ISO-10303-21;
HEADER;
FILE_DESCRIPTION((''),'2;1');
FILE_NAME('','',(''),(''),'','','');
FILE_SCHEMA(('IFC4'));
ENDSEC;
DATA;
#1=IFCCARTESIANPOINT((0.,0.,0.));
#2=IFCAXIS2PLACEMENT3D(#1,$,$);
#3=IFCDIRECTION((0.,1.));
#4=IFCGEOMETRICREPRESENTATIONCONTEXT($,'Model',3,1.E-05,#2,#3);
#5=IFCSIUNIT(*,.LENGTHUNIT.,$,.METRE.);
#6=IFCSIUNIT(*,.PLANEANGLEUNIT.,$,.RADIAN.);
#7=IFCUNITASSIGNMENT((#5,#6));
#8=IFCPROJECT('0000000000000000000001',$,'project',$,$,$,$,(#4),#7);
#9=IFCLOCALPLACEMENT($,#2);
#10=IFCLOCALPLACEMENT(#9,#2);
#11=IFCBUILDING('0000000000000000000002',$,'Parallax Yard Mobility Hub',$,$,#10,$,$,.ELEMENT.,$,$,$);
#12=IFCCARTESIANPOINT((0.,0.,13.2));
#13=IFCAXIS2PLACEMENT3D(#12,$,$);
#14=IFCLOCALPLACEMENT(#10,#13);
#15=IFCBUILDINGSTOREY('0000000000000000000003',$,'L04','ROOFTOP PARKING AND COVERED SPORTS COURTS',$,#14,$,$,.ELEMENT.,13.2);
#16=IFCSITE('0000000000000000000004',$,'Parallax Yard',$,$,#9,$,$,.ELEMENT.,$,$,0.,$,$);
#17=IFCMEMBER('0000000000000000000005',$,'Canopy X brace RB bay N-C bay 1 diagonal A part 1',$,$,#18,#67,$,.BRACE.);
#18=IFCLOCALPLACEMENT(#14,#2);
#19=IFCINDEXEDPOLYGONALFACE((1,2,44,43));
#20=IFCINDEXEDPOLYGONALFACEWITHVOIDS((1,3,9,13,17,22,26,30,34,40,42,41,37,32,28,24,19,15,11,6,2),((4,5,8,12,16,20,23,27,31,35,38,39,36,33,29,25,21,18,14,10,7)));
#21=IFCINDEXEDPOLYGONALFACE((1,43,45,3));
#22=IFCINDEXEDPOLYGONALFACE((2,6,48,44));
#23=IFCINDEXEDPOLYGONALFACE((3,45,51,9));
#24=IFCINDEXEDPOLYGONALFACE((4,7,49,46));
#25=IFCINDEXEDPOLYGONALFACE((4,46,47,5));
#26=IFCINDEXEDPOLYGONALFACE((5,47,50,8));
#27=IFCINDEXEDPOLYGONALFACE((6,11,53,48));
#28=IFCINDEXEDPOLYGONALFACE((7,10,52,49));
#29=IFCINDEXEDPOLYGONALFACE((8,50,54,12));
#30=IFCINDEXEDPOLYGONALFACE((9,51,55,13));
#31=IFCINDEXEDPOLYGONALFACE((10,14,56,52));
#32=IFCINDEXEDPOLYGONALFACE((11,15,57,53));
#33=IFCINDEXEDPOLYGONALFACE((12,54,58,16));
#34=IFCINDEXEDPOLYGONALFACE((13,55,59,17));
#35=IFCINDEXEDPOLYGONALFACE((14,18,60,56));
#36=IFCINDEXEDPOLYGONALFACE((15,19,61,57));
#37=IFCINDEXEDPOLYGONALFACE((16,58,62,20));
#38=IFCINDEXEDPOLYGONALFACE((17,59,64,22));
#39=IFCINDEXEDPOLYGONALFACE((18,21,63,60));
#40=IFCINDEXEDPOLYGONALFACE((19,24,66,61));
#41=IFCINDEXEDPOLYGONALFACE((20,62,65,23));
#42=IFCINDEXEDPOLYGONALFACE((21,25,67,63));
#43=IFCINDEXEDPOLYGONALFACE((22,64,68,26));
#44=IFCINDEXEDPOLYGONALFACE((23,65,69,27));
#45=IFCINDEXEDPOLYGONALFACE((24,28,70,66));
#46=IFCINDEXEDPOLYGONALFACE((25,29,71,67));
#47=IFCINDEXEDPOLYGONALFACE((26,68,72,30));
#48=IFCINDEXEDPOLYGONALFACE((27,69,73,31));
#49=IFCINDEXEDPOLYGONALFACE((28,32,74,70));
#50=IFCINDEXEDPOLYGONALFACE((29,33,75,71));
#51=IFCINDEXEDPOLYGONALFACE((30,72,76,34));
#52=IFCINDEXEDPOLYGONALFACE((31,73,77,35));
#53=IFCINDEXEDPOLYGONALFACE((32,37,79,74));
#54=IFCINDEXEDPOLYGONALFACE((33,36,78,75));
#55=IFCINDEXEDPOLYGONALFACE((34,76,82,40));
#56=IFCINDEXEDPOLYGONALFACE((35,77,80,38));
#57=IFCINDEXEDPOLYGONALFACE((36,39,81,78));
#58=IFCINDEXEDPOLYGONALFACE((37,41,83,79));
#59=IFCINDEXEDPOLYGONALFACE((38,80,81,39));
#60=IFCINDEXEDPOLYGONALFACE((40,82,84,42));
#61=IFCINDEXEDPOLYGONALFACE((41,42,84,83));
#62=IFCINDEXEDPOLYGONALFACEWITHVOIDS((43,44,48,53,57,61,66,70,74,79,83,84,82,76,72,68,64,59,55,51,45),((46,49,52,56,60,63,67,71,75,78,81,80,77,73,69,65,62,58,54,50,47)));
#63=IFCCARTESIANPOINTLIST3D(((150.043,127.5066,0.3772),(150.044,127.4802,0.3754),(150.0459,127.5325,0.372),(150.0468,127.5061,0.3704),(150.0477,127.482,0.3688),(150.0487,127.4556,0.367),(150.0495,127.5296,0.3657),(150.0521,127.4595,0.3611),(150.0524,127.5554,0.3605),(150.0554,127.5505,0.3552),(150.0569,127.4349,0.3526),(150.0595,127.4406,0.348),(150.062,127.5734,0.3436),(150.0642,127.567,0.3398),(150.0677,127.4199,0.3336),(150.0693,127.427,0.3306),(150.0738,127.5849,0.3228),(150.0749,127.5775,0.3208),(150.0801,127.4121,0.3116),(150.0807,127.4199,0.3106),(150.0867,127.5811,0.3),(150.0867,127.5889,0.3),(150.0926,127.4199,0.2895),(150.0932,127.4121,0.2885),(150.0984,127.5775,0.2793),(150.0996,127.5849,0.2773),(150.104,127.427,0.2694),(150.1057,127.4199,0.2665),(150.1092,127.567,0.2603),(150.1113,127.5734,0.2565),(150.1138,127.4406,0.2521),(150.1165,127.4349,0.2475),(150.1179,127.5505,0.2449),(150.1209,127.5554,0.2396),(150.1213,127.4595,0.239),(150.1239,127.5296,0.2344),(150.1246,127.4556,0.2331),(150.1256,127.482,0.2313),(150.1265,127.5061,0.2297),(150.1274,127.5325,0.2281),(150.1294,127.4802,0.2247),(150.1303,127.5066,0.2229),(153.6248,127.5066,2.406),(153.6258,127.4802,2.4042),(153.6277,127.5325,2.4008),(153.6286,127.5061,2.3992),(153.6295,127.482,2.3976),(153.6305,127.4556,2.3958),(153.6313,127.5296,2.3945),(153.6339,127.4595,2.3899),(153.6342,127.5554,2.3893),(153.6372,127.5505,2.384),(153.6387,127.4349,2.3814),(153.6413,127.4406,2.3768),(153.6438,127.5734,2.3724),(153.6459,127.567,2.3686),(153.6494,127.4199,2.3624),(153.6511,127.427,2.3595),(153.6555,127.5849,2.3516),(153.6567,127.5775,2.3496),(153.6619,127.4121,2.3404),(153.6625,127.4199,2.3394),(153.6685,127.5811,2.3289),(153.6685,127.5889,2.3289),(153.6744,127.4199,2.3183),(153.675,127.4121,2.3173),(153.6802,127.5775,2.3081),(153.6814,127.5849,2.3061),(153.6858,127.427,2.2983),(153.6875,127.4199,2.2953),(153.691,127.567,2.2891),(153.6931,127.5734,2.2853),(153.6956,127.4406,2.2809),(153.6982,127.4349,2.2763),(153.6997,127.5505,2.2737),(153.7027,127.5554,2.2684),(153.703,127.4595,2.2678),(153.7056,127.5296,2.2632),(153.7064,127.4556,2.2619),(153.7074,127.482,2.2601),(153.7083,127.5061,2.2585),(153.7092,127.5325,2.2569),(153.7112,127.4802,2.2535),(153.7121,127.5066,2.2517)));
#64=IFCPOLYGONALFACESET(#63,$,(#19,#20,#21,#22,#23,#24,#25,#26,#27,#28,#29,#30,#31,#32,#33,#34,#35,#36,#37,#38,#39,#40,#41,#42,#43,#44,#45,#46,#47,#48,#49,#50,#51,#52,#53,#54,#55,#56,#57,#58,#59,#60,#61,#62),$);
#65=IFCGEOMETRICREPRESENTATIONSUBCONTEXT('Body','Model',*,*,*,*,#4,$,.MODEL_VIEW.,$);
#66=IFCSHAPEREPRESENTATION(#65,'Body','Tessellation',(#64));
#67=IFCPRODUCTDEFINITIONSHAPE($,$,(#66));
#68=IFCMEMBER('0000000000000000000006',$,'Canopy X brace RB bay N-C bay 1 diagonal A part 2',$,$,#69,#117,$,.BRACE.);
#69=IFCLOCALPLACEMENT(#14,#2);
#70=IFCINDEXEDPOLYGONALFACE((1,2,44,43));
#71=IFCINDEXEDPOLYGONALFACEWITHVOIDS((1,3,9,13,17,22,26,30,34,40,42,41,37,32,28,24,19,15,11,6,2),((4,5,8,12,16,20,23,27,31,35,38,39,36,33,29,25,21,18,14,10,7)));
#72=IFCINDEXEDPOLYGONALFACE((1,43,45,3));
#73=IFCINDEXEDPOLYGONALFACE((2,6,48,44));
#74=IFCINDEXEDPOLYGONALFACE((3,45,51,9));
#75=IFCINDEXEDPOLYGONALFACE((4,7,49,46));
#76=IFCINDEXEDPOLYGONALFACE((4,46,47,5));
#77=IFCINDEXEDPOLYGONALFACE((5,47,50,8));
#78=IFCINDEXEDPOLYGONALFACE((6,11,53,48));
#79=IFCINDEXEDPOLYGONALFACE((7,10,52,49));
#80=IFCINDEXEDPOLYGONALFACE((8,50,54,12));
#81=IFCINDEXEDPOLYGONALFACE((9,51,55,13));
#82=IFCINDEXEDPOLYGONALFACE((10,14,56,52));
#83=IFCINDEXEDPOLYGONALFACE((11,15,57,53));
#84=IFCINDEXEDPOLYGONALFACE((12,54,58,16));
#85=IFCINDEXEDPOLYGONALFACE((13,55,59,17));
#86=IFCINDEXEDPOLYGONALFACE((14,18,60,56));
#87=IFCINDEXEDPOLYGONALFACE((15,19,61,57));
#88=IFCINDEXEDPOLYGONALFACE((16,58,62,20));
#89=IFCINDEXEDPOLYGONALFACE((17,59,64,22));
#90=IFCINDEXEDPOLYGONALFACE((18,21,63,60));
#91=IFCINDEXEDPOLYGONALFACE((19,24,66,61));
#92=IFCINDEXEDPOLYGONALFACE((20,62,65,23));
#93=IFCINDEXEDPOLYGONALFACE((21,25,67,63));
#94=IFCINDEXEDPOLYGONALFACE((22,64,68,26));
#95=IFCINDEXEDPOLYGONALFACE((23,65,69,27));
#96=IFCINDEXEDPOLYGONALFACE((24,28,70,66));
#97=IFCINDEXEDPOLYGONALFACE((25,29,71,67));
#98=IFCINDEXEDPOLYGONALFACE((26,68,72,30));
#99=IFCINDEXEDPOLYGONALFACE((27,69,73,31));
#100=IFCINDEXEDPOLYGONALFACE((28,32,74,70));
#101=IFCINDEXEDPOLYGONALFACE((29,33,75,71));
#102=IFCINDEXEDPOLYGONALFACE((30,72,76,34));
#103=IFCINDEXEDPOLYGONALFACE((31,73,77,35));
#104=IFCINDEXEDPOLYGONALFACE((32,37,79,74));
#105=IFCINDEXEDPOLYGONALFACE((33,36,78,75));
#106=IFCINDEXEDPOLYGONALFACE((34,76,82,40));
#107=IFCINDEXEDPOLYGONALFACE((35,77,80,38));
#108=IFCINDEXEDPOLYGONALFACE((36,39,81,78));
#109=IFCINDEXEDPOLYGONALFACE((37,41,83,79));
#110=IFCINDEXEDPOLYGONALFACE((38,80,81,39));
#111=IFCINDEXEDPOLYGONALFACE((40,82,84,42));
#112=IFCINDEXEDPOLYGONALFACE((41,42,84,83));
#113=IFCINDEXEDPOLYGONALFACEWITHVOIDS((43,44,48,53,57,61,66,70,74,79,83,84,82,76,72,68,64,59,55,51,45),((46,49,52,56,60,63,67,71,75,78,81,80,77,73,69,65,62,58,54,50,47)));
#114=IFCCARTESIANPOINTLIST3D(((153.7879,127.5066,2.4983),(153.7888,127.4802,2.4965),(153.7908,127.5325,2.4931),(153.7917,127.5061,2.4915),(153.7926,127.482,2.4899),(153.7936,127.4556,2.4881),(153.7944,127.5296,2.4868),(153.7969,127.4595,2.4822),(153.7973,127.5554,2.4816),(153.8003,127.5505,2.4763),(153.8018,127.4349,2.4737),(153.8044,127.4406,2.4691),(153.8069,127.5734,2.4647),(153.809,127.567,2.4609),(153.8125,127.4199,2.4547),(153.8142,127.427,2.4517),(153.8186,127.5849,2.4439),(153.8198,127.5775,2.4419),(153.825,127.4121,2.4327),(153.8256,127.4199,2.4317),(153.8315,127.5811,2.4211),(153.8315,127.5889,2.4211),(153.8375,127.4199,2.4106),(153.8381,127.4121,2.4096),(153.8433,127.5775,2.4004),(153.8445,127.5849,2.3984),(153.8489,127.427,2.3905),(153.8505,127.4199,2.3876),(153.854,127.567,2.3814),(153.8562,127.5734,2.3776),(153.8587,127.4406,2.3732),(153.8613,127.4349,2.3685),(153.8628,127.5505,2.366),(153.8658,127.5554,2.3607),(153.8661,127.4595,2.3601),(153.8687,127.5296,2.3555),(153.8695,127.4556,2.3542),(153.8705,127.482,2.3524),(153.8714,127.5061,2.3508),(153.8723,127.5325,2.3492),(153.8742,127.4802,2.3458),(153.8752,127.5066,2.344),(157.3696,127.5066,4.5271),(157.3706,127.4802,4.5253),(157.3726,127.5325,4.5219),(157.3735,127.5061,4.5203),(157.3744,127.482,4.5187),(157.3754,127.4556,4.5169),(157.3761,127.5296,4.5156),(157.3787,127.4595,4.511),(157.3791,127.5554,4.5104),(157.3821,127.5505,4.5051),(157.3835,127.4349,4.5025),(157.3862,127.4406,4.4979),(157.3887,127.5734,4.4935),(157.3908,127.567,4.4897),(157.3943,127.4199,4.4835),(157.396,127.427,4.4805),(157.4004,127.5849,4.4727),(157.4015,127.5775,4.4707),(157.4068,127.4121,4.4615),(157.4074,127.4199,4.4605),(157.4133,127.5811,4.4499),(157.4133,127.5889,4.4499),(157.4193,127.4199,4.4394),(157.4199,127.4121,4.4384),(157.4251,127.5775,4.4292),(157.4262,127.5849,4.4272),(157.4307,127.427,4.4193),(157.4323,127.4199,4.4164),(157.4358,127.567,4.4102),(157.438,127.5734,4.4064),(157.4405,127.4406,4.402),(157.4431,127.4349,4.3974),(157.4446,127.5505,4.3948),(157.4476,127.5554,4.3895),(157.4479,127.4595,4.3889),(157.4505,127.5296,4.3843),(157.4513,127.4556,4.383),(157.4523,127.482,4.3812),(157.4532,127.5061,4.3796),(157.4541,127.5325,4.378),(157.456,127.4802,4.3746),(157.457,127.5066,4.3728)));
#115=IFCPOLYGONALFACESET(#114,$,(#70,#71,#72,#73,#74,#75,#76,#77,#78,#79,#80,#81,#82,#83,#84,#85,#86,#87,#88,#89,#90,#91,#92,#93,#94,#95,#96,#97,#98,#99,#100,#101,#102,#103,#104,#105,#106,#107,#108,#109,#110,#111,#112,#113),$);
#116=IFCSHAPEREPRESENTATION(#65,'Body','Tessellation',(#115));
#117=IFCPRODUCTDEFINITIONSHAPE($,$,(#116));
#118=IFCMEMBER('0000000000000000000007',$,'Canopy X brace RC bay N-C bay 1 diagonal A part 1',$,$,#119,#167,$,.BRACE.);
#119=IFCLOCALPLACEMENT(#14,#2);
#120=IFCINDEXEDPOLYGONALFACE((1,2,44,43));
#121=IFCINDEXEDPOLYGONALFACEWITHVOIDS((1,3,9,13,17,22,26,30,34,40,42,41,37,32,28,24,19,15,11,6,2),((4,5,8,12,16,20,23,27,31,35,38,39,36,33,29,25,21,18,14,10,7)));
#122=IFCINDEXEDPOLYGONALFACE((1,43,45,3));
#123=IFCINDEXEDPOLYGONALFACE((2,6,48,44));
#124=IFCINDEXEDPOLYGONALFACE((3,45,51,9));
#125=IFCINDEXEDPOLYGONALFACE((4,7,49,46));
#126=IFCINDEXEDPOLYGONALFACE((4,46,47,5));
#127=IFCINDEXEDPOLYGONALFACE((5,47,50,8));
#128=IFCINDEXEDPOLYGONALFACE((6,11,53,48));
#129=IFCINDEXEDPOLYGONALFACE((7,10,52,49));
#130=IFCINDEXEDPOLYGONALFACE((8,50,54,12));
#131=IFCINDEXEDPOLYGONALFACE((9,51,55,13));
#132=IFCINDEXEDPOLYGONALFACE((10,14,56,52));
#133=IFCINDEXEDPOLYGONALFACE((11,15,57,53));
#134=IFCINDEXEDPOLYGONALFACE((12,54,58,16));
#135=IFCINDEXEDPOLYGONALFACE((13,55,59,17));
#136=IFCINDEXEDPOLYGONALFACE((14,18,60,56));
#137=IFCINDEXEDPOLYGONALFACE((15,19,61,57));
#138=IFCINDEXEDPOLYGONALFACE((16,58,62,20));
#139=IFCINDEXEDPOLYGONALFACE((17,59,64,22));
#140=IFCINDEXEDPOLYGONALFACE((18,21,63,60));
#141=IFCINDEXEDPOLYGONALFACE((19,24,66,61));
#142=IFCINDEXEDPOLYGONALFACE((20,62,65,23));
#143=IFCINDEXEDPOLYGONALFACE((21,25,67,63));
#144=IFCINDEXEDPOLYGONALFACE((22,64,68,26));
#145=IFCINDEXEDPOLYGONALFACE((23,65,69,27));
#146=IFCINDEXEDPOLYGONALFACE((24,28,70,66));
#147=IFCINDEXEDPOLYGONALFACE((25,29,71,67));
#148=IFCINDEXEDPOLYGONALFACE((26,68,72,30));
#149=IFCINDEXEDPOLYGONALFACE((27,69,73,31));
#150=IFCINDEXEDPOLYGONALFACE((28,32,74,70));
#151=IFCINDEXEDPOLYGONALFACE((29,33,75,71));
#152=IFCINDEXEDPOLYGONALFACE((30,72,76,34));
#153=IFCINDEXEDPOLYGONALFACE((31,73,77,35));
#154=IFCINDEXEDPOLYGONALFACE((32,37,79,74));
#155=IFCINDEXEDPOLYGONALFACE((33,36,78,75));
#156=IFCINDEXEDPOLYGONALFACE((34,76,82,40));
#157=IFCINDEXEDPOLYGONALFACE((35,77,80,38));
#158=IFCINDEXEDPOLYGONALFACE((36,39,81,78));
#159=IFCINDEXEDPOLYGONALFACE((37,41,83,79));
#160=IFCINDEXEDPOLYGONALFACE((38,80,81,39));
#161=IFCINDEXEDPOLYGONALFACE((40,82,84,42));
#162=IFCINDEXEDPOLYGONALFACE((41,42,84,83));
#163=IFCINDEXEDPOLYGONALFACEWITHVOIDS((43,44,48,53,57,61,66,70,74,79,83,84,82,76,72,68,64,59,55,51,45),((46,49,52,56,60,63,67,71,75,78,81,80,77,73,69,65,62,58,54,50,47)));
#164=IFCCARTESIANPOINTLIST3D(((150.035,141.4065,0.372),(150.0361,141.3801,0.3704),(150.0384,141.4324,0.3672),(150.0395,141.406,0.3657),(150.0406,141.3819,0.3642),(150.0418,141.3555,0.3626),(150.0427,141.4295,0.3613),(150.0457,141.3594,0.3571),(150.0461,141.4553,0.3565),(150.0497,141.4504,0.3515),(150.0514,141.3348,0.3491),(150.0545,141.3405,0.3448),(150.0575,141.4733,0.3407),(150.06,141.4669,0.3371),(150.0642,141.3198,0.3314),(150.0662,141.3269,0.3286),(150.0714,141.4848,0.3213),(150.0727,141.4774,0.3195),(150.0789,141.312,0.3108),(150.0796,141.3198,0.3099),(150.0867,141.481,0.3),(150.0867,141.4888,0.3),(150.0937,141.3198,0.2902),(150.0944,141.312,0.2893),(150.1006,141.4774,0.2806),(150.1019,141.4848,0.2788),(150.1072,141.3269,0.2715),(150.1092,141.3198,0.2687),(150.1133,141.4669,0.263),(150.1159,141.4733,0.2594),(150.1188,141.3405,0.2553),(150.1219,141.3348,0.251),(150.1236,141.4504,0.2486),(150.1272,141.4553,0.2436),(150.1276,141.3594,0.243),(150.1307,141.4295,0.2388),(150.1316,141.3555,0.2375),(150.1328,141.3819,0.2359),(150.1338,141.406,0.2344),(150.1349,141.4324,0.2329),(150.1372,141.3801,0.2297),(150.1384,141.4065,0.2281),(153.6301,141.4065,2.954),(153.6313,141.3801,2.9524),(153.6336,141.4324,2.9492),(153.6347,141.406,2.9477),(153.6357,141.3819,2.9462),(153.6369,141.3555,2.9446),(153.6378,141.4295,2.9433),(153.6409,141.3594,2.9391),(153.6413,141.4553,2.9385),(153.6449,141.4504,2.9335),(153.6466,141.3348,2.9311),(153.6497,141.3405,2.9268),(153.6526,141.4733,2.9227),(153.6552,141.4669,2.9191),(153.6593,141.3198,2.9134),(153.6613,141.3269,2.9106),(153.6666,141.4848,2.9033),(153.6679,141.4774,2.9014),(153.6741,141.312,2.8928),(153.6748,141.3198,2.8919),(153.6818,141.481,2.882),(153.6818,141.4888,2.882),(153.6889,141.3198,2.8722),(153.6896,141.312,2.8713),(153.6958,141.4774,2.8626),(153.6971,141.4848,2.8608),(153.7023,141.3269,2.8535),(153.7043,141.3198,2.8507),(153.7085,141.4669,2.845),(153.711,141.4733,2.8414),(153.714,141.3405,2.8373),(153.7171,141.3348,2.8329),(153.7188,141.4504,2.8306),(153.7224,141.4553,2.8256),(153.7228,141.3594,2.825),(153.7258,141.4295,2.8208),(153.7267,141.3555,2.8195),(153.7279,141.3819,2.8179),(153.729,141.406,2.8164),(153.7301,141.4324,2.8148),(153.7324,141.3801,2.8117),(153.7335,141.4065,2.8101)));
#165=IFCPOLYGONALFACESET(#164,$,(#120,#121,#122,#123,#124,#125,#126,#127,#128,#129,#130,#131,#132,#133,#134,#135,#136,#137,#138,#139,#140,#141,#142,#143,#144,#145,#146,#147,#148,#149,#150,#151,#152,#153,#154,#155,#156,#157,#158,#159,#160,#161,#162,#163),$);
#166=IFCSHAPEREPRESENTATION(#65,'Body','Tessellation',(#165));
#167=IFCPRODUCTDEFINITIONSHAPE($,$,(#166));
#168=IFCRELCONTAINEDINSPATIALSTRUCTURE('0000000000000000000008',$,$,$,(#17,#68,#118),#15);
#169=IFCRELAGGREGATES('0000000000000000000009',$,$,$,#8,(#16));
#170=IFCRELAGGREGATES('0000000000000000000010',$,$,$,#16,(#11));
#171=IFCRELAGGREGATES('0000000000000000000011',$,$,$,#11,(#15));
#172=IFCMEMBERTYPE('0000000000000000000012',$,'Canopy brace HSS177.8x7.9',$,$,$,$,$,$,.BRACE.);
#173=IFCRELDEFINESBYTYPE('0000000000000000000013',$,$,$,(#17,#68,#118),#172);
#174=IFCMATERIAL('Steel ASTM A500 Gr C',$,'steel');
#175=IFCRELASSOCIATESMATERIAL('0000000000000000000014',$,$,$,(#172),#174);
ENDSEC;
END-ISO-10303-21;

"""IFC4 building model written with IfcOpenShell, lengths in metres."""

from ifc_helpers import new_model, si_unit, direction, frame, origin, origin_2d, place, context, subcontext, project, spatial, hollow_circle, extrude, material, material_profile, profile_set, type_object, element, save


model = new_model("IFC4")

# Units and contexts
model_context = context("Model", 3, precision=1e-05, world=origin(), true_north=direction((0.0, 1.0)))
body_context = subcontext(model_context, "Body", "Model", "MODEL_VIEW")
ifc_project = project(units=[si_unit("LENGTHUNIT", "METRE"), si_unit("PLANEANGLEUNIT", "RADIAN")], contexts=[model_context])

# Site, building, storey
site_placement = place(None, origin())
site = spatial("IfcSite", under=ifc_project, at=site_placement, Name="Parallax Yard", CompositionType="ELEMENT", RefElevation=0.0)
building_placement = place(site_placement, origin())
building = spatial("IfcBuilding", under=site, at=building_placement, Name="Parallax Yard Mobility Hub", CompositionType="ELEMENT")
storey_placement = place(building_placement, frame((0.0, 0.0, 13.2)))
storey = spatial("IfcBuildingStorey", under=building, at=storey_placement, Name="L04", Description="ROOFTOP PARKING AND COVERED SPORTS COURTS", CompositionType="ELEMENT", Elevation=13.2)

# Members
ifc_material_1 = material(Name="Steel ASTM A500 Gr C", Category="steel")
ifc_material_profile_1 = material_profile(ifc_material_1, hollow_circle(Radius=0.0889, WallThickness=0.0078, at=origin_2d()), Name="HSS177.8x7.9")
ifc_profile_set_1 = profile_set([ifc_material_profile_1], Name="Steel ASTM A500 Gr C")
member_type_1 = type_object("IfcMemberType", Name="Canopy brace HSS177.8x7.9", PredefinedType="BRACE", material=ifc_profile_set_1)
for number, where, z_axis, x_axis, name in (
    (1, (150.0867, 127.5, 0.3), (0.870113, 0.0, 0.492852), (0.0, 1.0, 0.0), "Canopy X brace RB bay N-C bay 1 diagonal A part 1"),
    (2, (153.8315, 127.5, 2.4211), (0.870113, 0.0, 0.492852), (0.0, 1.0, 0.0), "Canopy X brace RB bay N-C bay 1 diagonal A part 2"),
):
    element("IfcMember", number, at=place(storey_placement, frame(where, z_axis=z_axis, x_axis=x_axis)), inside=storey, type_object=member_type_1, Name=name, PredefinedType="BRACE", context=body_context, shape_type="SweptSolid", body=[
        extrude(hollow_circle(Radius=0.0889, WallThickness=0.0078, at=origin_2d()), origin(), (0.0, 0.0, 1.0), 4.1165),
    ])
for number, where, z_axis, x_axis, name in (
    (3, (150.0867, 141.3999, 0.3), (0.812233, 0.0, 0.583334), (0.0, 1.0, 0.0), "Canopy X brace RC bay N-C bay 1 diagonal A part 1"),
):
    element("IfcMember", number, at=place(storey_placement, frame(where, z_axis=z_axis, x_axis=x_axis)), inside=storey, type_object=member_type_1, Name=name, PredefinedType="BRACE", context=body_context, shape_type="SweptSolid", body=[
        extrude(hollow_circle(Radius=0.0889, WallThickness=0.0078, at=origin_2d()), origin(), (0.0, 0.0, 1.0), 4.4263),
    ])

save(model, "model.ifc")
